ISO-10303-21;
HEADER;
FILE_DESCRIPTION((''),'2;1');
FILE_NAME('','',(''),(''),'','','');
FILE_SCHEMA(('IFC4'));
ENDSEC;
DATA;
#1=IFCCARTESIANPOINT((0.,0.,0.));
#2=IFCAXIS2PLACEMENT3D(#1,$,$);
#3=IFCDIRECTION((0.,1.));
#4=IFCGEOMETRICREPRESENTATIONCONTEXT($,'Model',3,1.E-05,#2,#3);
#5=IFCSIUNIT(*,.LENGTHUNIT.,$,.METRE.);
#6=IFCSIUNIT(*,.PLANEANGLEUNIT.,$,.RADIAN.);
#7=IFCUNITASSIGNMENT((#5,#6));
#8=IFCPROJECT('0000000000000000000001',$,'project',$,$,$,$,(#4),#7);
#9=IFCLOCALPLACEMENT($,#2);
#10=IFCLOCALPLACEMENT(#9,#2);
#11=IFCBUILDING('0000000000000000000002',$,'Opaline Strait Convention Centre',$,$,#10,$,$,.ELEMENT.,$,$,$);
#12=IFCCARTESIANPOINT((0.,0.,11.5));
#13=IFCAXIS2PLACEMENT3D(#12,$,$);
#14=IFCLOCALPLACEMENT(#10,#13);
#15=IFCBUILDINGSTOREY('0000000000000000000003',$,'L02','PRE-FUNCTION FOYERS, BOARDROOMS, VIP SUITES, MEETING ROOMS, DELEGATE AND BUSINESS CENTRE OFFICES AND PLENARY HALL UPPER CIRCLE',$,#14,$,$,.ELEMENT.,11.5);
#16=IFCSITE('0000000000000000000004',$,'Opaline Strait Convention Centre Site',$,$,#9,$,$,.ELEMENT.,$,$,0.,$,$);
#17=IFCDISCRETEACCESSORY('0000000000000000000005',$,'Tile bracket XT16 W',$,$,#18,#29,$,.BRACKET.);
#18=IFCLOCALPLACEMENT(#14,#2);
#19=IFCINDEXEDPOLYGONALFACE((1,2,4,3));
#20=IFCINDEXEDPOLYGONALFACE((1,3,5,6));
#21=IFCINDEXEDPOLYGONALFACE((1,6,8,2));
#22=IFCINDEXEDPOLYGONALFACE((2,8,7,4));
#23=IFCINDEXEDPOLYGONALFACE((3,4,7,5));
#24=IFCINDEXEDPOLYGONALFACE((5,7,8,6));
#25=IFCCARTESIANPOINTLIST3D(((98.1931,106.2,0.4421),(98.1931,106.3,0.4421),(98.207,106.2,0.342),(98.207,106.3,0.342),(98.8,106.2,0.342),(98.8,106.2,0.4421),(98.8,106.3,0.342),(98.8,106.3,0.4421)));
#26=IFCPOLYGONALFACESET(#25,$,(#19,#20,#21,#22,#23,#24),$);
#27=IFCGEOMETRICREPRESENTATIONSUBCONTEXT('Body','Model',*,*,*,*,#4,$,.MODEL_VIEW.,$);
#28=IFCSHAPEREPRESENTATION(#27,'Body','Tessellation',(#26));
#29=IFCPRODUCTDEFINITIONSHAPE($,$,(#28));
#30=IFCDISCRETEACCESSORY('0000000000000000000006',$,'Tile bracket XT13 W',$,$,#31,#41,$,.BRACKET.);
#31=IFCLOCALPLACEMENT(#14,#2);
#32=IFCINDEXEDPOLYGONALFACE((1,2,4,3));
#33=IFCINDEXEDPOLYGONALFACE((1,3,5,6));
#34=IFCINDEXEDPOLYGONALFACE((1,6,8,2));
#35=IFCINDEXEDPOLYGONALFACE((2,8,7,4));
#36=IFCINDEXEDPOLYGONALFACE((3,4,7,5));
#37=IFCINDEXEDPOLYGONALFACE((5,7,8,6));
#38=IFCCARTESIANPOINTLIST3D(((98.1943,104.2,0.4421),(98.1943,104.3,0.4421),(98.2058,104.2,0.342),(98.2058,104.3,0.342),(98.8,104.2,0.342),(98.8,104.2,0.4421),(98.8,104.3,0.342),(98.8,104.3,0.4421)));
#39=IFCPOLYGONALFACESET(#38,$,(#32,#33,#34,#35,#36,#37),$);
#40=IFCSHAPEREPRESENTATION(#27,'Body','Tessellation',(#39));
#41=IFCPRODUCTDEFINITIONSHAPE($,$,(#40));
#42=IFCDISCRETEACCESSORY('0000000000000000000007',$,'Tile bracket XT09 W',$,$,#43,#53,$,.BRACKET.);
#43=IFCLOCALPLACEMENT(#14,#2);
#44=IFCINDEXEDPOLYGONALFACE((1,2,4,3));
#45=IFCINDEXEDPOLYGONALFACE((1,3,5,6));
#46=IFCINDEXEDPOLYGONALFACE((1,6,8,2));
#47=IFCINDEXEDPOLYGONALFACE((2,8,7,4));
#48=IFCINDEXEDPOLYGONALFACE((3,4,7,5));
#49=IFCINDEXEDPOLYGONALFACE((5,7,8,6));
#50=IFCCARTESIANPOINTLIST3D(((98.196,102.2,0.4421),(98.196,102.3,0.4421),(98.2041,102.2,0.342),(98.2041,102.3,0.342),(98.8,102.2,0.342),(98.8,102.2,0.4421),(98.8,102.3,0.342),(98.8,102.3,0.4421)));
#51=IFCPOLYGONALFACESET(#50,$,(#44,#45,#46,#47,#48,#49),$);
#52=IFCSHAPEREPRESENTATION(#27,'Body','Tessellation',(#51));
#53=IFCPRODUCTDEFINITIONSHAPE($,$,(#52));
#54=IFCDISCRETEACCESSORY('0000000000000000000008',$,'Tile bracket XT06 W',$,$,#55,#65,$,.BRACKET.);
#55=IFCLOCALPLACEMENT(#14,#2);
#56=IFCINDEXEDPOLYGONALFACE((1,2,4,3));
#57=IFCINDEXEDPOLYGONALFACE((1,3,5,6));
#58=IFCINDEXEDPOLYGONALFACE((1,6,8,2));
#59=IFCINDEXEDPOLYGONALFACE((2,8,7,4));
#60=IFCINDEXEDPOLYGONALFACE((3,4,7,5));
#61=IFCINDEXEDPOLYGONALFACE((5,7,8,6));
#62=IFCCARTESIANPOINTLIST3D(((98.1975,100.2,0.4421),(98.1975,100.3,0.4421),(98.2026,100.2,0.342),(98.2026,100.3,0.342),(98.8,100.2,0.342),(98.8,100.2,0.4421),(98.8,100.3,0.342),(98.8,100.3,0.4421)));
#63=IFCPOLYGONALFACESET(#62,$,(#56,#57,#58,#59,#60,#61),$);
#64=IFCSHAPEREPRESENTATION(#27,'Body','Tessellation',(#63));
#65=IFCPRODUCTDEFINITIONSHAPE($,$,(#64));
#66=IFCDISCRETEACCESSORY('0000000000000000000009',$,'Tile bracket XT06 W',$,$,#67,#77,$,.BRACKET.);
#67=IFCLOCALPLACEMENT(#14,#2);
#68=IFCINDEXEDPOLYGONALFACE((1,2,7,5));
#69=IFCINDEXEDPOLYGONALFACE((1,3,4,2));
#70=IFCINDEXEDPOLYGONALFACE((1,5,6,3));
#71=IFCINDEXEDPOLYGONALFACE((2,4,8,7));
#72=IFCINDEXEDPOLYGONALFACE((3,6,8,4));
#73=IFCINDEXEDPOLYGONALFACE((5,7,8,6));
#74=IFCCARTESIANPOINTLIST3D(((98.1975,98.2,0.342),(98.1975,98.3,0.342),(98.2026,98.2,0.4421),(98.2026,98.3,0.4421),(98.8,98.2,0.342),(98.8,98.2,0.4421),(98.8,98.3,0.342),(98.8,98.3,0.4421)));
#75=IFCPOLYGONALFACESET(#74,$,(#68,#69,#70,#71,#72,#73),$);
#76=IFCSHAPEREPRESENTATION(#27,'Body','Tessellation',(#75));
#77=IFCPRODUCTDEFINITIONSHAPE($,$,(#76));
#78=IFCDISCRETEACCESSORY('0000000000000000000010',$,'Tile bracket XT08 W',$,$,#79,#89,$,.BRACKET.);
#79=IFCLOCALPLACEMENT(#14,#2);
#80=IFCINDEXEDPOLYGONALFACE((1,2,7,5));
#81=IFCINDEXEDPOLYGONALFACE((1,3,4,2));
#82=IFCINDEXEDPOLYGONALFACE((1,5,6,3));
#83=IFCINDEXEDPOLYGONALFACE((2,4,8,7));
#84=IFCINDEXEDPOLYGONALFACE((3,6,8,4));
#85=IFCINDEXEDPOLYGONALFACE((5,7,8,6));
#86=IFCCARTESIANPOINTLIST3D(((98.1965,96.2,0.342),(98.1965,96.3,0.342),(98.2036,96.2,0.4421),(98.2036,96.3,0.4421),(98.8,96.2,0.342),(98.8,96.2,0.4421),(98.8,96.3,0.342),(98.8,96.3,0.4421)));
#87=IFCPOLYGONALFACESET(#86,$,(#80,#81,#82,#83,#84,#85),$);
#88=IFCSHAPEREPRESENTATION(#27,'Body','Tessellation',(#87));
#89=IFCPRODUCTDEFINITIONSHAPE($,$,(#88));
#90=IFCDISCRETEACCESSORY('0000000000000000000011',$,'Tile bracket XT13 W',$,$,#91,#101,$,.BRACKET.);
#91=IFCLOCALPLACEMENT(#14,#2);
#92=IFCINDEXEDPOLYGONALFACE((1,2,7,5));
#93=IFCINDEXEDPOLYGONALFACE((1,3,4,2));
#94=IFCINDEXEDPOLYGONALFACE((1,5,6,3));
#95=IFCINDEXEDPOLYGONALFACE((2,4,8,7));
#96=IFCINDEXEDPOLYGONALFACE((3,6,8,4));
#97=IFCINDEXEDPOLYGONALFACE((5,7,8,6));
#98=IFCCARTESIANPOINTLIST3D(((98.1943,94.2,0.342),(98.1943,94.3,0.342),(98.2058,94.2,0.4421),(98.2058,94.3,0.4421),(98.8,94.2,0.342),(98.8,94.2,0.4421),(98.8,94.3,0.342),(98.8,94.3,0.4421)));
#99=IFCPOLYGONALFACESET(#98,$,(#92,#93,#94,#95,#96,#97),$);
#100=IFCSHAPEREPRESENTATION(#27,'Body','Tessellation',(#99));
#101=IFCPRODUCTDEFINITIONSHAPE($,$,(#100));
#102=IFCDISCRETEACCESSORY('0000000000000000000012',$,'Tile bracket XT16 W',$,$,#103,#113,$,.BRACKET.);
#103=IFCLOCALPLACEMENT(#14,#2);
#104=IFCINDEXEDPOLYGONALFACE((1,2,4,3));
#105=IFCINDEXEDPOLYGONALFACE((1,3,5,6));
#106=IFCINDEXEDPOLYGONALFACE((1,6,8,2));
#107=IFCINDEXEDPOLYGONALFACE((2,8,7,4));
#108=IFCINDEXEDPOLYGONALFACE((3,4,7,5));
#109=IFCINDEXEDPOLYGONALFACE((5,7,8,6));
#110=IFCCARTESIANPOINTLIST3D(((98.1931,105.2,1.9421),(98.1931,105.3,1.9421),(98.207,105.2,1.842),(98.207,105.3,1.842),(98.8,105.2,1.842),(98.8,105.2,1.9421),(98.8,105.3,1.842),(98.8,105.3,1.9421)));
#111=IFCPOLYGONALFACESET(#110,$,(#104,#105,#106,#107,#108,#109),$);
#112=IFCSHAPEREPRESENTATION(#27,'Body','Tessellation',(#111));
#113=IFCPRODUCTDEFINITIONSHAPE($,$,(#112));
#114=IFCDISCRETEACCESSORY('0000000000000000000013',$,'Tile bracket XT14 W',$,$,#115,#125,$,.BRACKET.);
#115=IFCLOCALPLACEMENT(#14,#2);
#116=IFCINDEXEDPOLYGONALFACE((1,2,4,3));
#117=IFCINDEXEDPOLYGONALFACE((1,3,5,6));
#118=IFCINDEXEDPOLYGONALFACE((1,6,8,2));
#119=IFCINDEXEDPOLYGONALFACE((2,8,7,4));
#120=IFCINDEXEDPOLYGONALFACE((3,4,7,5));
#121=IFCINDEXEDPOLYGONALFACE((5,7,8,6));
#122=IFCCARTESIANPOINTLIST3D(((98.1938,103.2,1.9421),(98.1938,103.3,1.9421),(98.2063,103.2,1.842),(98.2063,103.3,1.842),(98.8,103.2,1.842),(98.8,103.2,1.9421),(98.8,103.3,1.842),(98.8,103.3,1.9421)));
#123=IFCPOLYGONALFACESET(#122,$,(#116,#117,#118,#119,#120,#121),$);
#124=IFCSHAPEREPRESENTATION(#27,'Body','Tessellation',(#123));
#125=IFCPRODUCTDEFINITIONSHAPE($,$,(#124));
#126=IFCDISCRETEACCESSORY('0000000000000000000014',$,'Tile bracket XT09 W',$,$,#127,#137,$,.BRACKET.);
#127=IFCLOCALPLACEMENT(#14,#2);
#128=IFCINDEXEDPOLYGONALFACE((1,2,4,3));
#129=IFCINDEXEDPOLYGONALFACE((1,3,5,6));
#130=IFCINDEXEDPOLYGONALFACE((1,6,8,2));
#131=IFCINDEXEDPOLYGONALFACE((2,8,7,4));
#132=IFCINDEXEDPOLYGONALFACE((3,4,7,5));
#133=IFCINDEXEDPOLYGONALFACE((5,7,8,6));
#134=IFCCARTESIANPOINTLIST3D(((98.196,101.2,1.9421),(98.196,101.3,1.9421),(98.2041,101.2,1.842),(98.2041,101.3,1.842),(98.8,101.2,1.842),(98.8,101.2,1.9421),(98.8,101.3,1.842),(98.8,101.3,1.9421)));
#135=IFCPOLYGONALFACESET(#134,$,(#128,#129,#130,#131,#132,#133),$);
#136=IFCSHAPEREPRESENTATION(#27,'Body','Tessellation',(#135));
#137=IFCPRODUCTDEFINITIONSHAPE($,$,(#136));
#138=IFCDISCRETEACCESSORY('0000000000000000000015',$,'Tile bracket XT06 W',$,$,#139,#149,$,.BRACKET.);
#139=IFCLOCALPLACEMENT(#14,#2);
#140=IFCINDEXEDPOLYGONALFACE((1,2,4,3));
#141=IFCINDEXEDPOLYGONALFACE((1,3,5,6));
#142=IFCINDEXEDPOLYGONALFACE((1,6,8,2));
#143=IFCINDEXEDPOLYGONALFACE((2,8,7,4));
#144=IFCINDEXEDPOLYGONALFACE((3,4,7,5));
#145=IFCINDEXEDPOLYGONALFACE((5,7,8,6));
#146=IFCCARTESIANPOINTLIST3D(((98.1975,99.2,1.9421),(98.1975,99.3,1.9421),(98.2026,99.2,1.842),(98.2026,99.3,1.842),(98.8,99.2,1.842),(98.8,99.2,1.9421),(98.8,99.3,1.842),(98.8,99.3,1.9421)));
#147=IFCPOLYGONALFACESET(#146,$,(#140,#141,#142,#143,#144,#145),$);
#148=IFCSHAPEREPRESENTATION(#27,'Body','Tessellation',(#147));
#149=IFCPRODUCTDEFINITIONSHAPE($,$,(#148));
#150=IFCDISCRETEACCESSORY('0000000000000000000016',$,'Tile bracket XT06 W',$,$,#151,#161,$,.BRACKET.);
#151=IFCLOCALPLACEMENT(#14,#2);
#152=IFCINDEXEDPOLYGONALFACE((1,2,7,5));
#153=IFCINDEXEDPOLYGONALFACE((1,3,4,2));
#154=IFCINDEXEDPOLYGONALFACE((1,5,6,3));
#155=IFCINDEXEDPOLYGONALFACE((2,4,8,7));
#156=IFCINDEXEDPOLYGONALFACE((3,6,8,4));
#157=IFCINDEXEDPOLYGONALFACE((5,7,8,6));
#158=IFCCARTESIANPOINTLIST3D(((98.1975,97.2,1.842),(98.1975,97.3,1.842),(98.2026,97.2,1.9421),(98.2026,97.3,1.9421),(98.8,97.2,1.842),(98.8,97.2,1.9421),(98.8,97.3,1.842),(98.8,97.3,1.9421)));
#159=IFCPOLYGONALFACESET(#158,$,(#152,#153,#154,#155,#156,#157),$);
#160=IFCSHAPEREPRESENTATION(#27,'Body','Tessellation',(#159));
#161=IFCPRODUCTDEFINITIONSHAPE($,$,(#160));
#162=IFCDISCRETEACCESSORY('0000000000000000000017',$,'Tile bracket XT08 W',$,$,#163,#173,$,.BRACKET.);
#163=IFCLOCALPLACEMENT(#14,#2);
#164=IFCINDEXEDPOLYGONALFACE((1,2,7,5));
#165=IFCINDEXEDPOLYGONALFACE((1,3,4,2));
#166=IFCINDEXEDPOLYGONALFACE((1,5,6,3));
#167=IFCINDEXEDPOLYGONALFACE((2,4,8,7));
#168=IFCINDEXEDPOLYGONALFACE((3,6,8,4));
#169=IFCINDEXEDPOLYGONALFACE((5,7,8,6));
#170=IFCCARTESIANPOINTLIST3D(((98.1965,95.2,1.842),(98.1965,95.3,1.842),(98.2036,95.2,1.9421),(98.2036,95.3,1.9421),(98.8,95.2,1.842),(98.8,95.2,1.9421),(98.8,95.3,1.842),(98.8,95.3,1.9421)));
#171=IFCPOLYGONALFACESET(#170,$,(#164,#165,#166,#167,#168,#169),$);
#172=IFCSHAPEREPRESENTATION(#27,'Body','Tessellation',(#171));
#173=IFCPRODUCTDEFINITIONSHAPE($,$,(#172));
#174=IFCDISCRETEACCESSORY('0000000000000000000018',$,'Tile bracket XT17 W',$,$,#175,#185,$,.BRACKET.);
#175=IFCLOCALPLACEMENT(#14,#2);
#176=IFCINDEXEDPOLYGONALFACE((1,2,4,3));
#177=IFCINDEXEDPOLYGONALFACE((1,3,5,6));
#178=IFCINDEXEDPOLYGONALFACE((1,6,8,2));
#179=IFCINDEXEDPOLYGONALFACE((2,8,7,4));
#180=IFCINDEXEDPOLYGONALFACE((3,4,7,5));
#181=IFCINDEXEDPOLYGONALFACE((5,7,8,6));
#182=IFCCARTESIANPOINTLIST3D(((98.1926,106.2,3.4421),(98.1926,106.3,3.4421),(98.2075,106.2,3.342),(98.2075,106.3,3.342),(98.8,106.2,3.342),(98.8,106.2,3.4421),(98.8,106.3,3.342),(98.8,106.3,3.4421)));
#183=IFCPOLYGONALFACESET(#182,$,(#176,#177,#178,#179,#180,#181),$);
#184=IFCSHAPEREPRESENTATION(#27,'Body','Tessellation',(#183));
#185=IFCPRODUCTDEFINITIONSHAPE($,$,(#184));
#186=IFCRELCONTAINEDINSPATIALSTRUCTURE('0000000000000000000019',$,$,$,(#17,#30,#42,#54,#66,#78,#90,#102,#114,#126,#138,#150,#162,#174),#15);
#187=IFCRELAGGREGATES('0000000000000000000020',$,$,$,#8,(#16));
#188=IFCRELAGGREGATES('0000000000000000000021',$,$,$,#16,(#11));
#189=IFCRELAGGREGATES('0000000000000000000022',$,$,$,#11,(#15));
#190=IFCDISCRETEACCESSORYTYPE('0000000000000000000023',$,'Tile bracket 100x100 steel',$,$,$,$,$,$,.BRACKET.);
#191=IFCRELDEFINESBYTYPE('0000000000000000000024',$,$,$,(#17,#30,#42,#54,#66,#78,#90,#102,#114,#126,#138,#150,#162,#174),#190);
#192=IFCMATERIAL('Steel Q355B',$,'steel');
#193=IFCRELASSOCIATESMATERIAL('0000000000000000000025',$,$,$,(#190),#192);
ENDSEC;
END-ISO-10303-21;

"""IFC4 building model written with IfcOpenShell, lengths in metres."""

from ifc_helpers import new_model, si_unit, direction, frame, origin, place, context, subcontext, project, spatial, polyline, outline, extrude, material, type_object, element, save


model = new_model("IFC4")

# Units and contexts
model_context = context("Model", 3, precision=1e-05, world=origin(), true_north=direction((0.0, 1.0)))
body_context = subcontext(model_context, "Body", "Model", "MODEL_VIEW")
ifc_project = project(units=[si_unit("LENGTHUNIT", "METRE"), si_unit("PLANEANGLEUNIT", "RADIAN")], contexts=[model_context])

# Site, building, storey
site_placement = place(None, origin())
site = spatial("IfcSite", under=ifc_project, at=site_placement, Name="Opaline Strait Convention Centre Site", CompositionType="ELEMENT", RefElevation=0.0)
building_placement = place(site_placement, origin())
building = spatial("IfcBuilding", under=site, at=building_placement, Name="Opaline Strait Convention Centre", CompositionType="ELEMENT")
storey_placement = place(building_placement, frame((0.0, 0.0, 11.5)))
storey = spatial("IfcBuildingStorey", under=building, at=storey_placement, Name="L02", Description="PRE-FUNCTION FOYERS, BOARDROOMS, VIP SUITES, MEETING ROOMS, DELEGATE AND BUSINESS CENTRE OFFICES AND PLENARY HALL UPPER CIRCLE", CompositionType="ELEMENT", Elevation=11.5)

# Discrete accessories
ifc_material = material(Name="Steel Q355B", Category="steel")
discrete_accessory_type = type_object("IfcDiscreteAccessoryType", Name="Tile bracket 100x100 steel", PredefinedType="BRACKET", material=ifc_material)
discrete_accessory_1_placement = place(storey_placement, frame((98.8, 106.3, 0.3921), z_axis=(0.0, -1.0, 0.0), x_axis=(1.0, 0.0, 0.0)))
element("IfcDiscreteAccessory", 1, at=discrete_accessory_1_placement, inside=storey, type_object=discrete_accessory_type, Name="Tile bracket XT16 W", PredefinedType="BRACKET", context=body_context, shape_type="SweptSolid", body=[
    extrude(outline(polyline([(0.0, -0.05), (0.0, 0.05), (-0.6069, 0.05), (-0.593, -0.05), (0.0, -0.05)])), origin(), (0.0, 0.0, 1.0), 0.1001),
])
discrete_accessory_2_placement = place(storey_placement, frame((98.8, 104.3, 0.3921), z_axis=(0.0, -1.0, 0.0), x_axis=(1.0, 0.0, 0.0)))
element("IfcDiscreteAccessory", 2, at=discrete_accessory_2_placement, inside=storey, type_object=discrete_accessory_type, Name="Tile bracket XT13 W", PredefinedType="BRACKET", context=body_context, shape_type="SweptSolid", body=[
    extrude(outline(polyline([(0.0, -0.05), (0.0, 0.05), (-0.6057, 0.05), (-0.5942, -0.05), (0.0, -0.05)])), origin(), (0.0, 0.0, 1.0), 0.1001),
])
discrete_accessory_3_placement = place(storey_placement, frame((98.8, 102.3, 0.3921), z_axis=(0.0, -1.0, 0.0), x_axis=(1.0, 0.0, 0.0)))
element("IfcDiscreteAccessory", 3, at=discrete_accessory_3_placement, inside=storey, type_object=discrete_accessory_type, Name="Tile bracket XT09 W", PredefinedType="BRACKET", context=body_context, shape_type="SweptSolid", body=[
    extrude(outline(polyline([(0.0, -0.05), (0.0, 0.05), (-0.604, 0.05), (-0.5959, -0.05), (0.0, -0.05)])), origin(), (0.0, 0.0, 1.0), 0.1001),
])
discrete_accessory_4_placement = place(storey_placement, frame((98.8, 100.3, 0.3921), z_axis=(0.0, -1.0, 0.0), x_axis=(1.0, 0.0, 0.0)))
element("IfcDiscreteAccessory", 4, at=discrete_accessory_4_placement, inside=storey, type_object=discrete_accessory_type, Name="Tile bracket XT06 W", PredefinedType="BRACKET", context=body_context, shape_type="SweptSolid", body=[
    extrude(outline(polyline([(0.0, -0.05), (0.0, 0.05), (-0.6025, 0.05), (-0.5974, -0.05), (0.0, -0.05)])), origin(), (0.0, 0.0, 1.0), 0.1001),
])
discrete_accessory_5_placement = place(storey_placement, frame((98.8, 98.3, 0.3921), z_axis=(0.0, -1.0, 0.0), x_axis=(1.0, 0.0, 0.0)))
element("IfcDiscreteAccessory", 5, at=discrete_accessory_5_placement, inside=storey, type_object=discrete_accessory_type, Name="Tile bracket XT06 W", PredefinedType="BRACKET", context=body_context, shape_type="SweptSolid", body=[
    extrude(outline(polyline([(0.0, -0.05), (0.0, 0.05), (-0.5974, 0.05), (-0.6025, -0.05), (0.0, -0.05)])), origin(), (0.0, 0.0, 1.0), 0.1001),
])
discrete_accessory_6_placement = place(storey_placement, frame((98.8, 96.3, 0.3921), z_axis=(0.0, -1.0, 0.0), x_axis=(1.0, 0.0, 0.0)))
element("IfcDiscreteAccessory", 6, at=discrete_accessory_6_placement, inside=storey, type_object=discrete_accessory_type, Name="Tile bracket XT08 W", PredefinedType="BRACKET", context=body_context, shape_type="SweptSolid", body=[
    extrude(outline(polyline([(0.0, -0.05), (0.0, 0.05), (-0.5964, 0.05), (-0.6035, -0.05), (0.0, -0.05)])), origin(), (0.0, 0.0, 1.0), 0.1001),
])
discrete_accessory_7_placement = place(storey_placement, frame((98.8, 94.3, 0.3921), z_axis=(0.0, -1.0, 0.0), x_axis=(1.0, 0.0, 0.0)))
element("IfcDiscreteAccessory", 7, at=discrete_accessory_7_placement, inside=storey, type_object=discrete_accessory_type, Name="Tile bracket XT13 W", PredefinedType="BRACKET", context=body_context, shape_type="SweptSolid", body=[
    extrude(outline(polyline([(0.0, -0.05), (0.0, 0.05), (-0.5942, 0.05), (-0.6057, -0.05), (0.0, -0.05)])), origin(), (0.0, 0.0, 1.0), 0.1001),
])
discrete_accessory_8_placement = place(storey_placement, frame((98.8, 105.3, 1.8921), z_axis=(0.0, -1.0, 0.0), x_axis=(1.0, 0.0, 0.0)))
element("IfcDiscreteAccessory", 8, at=discrete_accessory_8_placement, inside=storey, type_object=discrete_accessory_type, Name="Tile bracket XT16 W", PredefinedType="BRACKET", context=body_context, shape_type="SweptSolid", body=[
    extrude(outline(polyline([(0.0, -0.05), (0.0, 0.05), (-0.6069, 0.05), (-0.593, -0.05), (0.0, -0.05)])), origin(), (0.0, 0.0, 1.0), 0.1001),
])
discrete_accessory_9_placement = place(storey_placement, frame((98.8, 103.3, 1.8921), z_axis=(0.0, -1.0, 0.0), x_axis=(1.0, 0.0, 0.0)))
element("IfcDiscreteAccessory", 9, at=discrete_accessory_9_placement, inside=storey, type_object=discrete_accessory_type, Name="Tile bracket XT14 W", PredefinedType="BRACKET", context=body_context, shape_type="SweptSolid", body=[
    extrude(outline(polyline([(0.0, -0.05), (0.0, 0.05), (-0.6062, 0.05), (-0.5938, -0.05), (0.0, -0.05)])), origin(), (0.0, 0.0, 1.0), 0.1001),
])
discrete_accessory_10_placement = place(storey_placement, frame((98.8, 101.3, 1.8921), z_axis=(0.0, -1.0, 0.0), x_axis=(1.0, 0.0, 0.0)))
element("IfcDiscreteAccessory", 10, at=discrete_accessory_10_placement, inside=storey, type_object=discrete_accessory_type, Name="Tile bracket XT09 W", PredefinedType="BRACKET", context=body_context, shape_type="SweptSolid", body=[
    extrude(outline(polyline([(0.0, -0.05), (0.0, 0.05), (-0.604, 0.05), (-0.5959, -0.05), (0.0, -0.05)])), origin(), (0.0, 0.0, 1.0), 0.1001),
])
discrete_accessory_11_placement = place(storey_placement, frame((98.8, 99.3, 1.8921), z_axis=(0.0, -1.0, 0.0), x_axis=(1.0, 0.0, 0.0)))
element("IfcDiscreteAccessory", 11, at=discrete_accessory_11_placement, inside=storey, type_object=discrete_accessory_type, Name="Tile bracket XT06 W", PredefinedType="BRACKET", context=body_context, shape_type="SweptSolid", body=[
    extrude(outline(polyline([(0.0, -0.05), (0.0, 0.05), (-0.6025, 0.05), (-0.5974, -0.05), (0.0, -0.05)])), origin(), (0.0, 0.0, 1.0), 0.1001),
])
discrete_accessory_12_placement = place(storey_placement, frame((98.8, 97.3, 1.8921), z_axis=(0.0, -1.0, 0.0), x_axis=(1.0, 0.0, 0.0)))
element("IfcDiscreteAccessory", 12, at=discrete_accessory_12_placement, inside=storey, type_object=discrete_accessory_type, Name="Tile bracket XT06 W", PredefinedType="BRACKET", context=body_context, shape_type="SweptSolid", body=[
    extrude(outline(polyline([(0.0, -0.05), (0.0, 0.05), (-0.5974, 0.05), (-0.6025, -0.05), (0.0, -0.05)])), origin(), (0.0, 0.0, 1.0), 0.1001),
])
discrete_accessory_13_placement = place(storey_placement, frame((98.8, 95.3, 1.8921), z_axis=(0.0, -1.0, 0.0), x_axis=(1.0, 0.0, 0.0)))
element("IfcDiscreteAccessory", 13, at=discrete_accessory_13_placement, inside=storey, type_object=discrete_accessory_type, Name="Tile bracket XT08 W", PredefinedType="BRACKET", context=body_context, shape_type="SweptSolid", body=[
    extrude(outline(polyline([(0.0, -0.05), (0.0, 0.05), (-0.5964, 0.05), (-0.6035, -0.05), (0.0, -0.05)])), origin(), (0.0, 0.0, 1.0), 0.1001),
])
discrete_accessory_14_placement = place(storey_placement, frame((98.8, 106.3, 3.3921), z_axis=(0.0, -1.0, 0.0), x_axis=(1.0, 0.0, 0.0)))
element("IfcDiscreteAccessory", 14, at=discrete_accessory_14_placement, inside=storey, type_object=discrete_accessory_type, Name="Tile bracket XT17 W", PredefinedType="BRACKET", context=body_context, shape_type="SweptSolid", body=[
    extrude(outline(polyline([(0.0, -0.05), (0.0, 0.05), (-0.6074, 0.05), (-0.5925, -0.05), (0.0, -0.05)])), origin(), (0.0, 0.0, 1.0), 0.1001),
])

save(model, "model.ifc")
